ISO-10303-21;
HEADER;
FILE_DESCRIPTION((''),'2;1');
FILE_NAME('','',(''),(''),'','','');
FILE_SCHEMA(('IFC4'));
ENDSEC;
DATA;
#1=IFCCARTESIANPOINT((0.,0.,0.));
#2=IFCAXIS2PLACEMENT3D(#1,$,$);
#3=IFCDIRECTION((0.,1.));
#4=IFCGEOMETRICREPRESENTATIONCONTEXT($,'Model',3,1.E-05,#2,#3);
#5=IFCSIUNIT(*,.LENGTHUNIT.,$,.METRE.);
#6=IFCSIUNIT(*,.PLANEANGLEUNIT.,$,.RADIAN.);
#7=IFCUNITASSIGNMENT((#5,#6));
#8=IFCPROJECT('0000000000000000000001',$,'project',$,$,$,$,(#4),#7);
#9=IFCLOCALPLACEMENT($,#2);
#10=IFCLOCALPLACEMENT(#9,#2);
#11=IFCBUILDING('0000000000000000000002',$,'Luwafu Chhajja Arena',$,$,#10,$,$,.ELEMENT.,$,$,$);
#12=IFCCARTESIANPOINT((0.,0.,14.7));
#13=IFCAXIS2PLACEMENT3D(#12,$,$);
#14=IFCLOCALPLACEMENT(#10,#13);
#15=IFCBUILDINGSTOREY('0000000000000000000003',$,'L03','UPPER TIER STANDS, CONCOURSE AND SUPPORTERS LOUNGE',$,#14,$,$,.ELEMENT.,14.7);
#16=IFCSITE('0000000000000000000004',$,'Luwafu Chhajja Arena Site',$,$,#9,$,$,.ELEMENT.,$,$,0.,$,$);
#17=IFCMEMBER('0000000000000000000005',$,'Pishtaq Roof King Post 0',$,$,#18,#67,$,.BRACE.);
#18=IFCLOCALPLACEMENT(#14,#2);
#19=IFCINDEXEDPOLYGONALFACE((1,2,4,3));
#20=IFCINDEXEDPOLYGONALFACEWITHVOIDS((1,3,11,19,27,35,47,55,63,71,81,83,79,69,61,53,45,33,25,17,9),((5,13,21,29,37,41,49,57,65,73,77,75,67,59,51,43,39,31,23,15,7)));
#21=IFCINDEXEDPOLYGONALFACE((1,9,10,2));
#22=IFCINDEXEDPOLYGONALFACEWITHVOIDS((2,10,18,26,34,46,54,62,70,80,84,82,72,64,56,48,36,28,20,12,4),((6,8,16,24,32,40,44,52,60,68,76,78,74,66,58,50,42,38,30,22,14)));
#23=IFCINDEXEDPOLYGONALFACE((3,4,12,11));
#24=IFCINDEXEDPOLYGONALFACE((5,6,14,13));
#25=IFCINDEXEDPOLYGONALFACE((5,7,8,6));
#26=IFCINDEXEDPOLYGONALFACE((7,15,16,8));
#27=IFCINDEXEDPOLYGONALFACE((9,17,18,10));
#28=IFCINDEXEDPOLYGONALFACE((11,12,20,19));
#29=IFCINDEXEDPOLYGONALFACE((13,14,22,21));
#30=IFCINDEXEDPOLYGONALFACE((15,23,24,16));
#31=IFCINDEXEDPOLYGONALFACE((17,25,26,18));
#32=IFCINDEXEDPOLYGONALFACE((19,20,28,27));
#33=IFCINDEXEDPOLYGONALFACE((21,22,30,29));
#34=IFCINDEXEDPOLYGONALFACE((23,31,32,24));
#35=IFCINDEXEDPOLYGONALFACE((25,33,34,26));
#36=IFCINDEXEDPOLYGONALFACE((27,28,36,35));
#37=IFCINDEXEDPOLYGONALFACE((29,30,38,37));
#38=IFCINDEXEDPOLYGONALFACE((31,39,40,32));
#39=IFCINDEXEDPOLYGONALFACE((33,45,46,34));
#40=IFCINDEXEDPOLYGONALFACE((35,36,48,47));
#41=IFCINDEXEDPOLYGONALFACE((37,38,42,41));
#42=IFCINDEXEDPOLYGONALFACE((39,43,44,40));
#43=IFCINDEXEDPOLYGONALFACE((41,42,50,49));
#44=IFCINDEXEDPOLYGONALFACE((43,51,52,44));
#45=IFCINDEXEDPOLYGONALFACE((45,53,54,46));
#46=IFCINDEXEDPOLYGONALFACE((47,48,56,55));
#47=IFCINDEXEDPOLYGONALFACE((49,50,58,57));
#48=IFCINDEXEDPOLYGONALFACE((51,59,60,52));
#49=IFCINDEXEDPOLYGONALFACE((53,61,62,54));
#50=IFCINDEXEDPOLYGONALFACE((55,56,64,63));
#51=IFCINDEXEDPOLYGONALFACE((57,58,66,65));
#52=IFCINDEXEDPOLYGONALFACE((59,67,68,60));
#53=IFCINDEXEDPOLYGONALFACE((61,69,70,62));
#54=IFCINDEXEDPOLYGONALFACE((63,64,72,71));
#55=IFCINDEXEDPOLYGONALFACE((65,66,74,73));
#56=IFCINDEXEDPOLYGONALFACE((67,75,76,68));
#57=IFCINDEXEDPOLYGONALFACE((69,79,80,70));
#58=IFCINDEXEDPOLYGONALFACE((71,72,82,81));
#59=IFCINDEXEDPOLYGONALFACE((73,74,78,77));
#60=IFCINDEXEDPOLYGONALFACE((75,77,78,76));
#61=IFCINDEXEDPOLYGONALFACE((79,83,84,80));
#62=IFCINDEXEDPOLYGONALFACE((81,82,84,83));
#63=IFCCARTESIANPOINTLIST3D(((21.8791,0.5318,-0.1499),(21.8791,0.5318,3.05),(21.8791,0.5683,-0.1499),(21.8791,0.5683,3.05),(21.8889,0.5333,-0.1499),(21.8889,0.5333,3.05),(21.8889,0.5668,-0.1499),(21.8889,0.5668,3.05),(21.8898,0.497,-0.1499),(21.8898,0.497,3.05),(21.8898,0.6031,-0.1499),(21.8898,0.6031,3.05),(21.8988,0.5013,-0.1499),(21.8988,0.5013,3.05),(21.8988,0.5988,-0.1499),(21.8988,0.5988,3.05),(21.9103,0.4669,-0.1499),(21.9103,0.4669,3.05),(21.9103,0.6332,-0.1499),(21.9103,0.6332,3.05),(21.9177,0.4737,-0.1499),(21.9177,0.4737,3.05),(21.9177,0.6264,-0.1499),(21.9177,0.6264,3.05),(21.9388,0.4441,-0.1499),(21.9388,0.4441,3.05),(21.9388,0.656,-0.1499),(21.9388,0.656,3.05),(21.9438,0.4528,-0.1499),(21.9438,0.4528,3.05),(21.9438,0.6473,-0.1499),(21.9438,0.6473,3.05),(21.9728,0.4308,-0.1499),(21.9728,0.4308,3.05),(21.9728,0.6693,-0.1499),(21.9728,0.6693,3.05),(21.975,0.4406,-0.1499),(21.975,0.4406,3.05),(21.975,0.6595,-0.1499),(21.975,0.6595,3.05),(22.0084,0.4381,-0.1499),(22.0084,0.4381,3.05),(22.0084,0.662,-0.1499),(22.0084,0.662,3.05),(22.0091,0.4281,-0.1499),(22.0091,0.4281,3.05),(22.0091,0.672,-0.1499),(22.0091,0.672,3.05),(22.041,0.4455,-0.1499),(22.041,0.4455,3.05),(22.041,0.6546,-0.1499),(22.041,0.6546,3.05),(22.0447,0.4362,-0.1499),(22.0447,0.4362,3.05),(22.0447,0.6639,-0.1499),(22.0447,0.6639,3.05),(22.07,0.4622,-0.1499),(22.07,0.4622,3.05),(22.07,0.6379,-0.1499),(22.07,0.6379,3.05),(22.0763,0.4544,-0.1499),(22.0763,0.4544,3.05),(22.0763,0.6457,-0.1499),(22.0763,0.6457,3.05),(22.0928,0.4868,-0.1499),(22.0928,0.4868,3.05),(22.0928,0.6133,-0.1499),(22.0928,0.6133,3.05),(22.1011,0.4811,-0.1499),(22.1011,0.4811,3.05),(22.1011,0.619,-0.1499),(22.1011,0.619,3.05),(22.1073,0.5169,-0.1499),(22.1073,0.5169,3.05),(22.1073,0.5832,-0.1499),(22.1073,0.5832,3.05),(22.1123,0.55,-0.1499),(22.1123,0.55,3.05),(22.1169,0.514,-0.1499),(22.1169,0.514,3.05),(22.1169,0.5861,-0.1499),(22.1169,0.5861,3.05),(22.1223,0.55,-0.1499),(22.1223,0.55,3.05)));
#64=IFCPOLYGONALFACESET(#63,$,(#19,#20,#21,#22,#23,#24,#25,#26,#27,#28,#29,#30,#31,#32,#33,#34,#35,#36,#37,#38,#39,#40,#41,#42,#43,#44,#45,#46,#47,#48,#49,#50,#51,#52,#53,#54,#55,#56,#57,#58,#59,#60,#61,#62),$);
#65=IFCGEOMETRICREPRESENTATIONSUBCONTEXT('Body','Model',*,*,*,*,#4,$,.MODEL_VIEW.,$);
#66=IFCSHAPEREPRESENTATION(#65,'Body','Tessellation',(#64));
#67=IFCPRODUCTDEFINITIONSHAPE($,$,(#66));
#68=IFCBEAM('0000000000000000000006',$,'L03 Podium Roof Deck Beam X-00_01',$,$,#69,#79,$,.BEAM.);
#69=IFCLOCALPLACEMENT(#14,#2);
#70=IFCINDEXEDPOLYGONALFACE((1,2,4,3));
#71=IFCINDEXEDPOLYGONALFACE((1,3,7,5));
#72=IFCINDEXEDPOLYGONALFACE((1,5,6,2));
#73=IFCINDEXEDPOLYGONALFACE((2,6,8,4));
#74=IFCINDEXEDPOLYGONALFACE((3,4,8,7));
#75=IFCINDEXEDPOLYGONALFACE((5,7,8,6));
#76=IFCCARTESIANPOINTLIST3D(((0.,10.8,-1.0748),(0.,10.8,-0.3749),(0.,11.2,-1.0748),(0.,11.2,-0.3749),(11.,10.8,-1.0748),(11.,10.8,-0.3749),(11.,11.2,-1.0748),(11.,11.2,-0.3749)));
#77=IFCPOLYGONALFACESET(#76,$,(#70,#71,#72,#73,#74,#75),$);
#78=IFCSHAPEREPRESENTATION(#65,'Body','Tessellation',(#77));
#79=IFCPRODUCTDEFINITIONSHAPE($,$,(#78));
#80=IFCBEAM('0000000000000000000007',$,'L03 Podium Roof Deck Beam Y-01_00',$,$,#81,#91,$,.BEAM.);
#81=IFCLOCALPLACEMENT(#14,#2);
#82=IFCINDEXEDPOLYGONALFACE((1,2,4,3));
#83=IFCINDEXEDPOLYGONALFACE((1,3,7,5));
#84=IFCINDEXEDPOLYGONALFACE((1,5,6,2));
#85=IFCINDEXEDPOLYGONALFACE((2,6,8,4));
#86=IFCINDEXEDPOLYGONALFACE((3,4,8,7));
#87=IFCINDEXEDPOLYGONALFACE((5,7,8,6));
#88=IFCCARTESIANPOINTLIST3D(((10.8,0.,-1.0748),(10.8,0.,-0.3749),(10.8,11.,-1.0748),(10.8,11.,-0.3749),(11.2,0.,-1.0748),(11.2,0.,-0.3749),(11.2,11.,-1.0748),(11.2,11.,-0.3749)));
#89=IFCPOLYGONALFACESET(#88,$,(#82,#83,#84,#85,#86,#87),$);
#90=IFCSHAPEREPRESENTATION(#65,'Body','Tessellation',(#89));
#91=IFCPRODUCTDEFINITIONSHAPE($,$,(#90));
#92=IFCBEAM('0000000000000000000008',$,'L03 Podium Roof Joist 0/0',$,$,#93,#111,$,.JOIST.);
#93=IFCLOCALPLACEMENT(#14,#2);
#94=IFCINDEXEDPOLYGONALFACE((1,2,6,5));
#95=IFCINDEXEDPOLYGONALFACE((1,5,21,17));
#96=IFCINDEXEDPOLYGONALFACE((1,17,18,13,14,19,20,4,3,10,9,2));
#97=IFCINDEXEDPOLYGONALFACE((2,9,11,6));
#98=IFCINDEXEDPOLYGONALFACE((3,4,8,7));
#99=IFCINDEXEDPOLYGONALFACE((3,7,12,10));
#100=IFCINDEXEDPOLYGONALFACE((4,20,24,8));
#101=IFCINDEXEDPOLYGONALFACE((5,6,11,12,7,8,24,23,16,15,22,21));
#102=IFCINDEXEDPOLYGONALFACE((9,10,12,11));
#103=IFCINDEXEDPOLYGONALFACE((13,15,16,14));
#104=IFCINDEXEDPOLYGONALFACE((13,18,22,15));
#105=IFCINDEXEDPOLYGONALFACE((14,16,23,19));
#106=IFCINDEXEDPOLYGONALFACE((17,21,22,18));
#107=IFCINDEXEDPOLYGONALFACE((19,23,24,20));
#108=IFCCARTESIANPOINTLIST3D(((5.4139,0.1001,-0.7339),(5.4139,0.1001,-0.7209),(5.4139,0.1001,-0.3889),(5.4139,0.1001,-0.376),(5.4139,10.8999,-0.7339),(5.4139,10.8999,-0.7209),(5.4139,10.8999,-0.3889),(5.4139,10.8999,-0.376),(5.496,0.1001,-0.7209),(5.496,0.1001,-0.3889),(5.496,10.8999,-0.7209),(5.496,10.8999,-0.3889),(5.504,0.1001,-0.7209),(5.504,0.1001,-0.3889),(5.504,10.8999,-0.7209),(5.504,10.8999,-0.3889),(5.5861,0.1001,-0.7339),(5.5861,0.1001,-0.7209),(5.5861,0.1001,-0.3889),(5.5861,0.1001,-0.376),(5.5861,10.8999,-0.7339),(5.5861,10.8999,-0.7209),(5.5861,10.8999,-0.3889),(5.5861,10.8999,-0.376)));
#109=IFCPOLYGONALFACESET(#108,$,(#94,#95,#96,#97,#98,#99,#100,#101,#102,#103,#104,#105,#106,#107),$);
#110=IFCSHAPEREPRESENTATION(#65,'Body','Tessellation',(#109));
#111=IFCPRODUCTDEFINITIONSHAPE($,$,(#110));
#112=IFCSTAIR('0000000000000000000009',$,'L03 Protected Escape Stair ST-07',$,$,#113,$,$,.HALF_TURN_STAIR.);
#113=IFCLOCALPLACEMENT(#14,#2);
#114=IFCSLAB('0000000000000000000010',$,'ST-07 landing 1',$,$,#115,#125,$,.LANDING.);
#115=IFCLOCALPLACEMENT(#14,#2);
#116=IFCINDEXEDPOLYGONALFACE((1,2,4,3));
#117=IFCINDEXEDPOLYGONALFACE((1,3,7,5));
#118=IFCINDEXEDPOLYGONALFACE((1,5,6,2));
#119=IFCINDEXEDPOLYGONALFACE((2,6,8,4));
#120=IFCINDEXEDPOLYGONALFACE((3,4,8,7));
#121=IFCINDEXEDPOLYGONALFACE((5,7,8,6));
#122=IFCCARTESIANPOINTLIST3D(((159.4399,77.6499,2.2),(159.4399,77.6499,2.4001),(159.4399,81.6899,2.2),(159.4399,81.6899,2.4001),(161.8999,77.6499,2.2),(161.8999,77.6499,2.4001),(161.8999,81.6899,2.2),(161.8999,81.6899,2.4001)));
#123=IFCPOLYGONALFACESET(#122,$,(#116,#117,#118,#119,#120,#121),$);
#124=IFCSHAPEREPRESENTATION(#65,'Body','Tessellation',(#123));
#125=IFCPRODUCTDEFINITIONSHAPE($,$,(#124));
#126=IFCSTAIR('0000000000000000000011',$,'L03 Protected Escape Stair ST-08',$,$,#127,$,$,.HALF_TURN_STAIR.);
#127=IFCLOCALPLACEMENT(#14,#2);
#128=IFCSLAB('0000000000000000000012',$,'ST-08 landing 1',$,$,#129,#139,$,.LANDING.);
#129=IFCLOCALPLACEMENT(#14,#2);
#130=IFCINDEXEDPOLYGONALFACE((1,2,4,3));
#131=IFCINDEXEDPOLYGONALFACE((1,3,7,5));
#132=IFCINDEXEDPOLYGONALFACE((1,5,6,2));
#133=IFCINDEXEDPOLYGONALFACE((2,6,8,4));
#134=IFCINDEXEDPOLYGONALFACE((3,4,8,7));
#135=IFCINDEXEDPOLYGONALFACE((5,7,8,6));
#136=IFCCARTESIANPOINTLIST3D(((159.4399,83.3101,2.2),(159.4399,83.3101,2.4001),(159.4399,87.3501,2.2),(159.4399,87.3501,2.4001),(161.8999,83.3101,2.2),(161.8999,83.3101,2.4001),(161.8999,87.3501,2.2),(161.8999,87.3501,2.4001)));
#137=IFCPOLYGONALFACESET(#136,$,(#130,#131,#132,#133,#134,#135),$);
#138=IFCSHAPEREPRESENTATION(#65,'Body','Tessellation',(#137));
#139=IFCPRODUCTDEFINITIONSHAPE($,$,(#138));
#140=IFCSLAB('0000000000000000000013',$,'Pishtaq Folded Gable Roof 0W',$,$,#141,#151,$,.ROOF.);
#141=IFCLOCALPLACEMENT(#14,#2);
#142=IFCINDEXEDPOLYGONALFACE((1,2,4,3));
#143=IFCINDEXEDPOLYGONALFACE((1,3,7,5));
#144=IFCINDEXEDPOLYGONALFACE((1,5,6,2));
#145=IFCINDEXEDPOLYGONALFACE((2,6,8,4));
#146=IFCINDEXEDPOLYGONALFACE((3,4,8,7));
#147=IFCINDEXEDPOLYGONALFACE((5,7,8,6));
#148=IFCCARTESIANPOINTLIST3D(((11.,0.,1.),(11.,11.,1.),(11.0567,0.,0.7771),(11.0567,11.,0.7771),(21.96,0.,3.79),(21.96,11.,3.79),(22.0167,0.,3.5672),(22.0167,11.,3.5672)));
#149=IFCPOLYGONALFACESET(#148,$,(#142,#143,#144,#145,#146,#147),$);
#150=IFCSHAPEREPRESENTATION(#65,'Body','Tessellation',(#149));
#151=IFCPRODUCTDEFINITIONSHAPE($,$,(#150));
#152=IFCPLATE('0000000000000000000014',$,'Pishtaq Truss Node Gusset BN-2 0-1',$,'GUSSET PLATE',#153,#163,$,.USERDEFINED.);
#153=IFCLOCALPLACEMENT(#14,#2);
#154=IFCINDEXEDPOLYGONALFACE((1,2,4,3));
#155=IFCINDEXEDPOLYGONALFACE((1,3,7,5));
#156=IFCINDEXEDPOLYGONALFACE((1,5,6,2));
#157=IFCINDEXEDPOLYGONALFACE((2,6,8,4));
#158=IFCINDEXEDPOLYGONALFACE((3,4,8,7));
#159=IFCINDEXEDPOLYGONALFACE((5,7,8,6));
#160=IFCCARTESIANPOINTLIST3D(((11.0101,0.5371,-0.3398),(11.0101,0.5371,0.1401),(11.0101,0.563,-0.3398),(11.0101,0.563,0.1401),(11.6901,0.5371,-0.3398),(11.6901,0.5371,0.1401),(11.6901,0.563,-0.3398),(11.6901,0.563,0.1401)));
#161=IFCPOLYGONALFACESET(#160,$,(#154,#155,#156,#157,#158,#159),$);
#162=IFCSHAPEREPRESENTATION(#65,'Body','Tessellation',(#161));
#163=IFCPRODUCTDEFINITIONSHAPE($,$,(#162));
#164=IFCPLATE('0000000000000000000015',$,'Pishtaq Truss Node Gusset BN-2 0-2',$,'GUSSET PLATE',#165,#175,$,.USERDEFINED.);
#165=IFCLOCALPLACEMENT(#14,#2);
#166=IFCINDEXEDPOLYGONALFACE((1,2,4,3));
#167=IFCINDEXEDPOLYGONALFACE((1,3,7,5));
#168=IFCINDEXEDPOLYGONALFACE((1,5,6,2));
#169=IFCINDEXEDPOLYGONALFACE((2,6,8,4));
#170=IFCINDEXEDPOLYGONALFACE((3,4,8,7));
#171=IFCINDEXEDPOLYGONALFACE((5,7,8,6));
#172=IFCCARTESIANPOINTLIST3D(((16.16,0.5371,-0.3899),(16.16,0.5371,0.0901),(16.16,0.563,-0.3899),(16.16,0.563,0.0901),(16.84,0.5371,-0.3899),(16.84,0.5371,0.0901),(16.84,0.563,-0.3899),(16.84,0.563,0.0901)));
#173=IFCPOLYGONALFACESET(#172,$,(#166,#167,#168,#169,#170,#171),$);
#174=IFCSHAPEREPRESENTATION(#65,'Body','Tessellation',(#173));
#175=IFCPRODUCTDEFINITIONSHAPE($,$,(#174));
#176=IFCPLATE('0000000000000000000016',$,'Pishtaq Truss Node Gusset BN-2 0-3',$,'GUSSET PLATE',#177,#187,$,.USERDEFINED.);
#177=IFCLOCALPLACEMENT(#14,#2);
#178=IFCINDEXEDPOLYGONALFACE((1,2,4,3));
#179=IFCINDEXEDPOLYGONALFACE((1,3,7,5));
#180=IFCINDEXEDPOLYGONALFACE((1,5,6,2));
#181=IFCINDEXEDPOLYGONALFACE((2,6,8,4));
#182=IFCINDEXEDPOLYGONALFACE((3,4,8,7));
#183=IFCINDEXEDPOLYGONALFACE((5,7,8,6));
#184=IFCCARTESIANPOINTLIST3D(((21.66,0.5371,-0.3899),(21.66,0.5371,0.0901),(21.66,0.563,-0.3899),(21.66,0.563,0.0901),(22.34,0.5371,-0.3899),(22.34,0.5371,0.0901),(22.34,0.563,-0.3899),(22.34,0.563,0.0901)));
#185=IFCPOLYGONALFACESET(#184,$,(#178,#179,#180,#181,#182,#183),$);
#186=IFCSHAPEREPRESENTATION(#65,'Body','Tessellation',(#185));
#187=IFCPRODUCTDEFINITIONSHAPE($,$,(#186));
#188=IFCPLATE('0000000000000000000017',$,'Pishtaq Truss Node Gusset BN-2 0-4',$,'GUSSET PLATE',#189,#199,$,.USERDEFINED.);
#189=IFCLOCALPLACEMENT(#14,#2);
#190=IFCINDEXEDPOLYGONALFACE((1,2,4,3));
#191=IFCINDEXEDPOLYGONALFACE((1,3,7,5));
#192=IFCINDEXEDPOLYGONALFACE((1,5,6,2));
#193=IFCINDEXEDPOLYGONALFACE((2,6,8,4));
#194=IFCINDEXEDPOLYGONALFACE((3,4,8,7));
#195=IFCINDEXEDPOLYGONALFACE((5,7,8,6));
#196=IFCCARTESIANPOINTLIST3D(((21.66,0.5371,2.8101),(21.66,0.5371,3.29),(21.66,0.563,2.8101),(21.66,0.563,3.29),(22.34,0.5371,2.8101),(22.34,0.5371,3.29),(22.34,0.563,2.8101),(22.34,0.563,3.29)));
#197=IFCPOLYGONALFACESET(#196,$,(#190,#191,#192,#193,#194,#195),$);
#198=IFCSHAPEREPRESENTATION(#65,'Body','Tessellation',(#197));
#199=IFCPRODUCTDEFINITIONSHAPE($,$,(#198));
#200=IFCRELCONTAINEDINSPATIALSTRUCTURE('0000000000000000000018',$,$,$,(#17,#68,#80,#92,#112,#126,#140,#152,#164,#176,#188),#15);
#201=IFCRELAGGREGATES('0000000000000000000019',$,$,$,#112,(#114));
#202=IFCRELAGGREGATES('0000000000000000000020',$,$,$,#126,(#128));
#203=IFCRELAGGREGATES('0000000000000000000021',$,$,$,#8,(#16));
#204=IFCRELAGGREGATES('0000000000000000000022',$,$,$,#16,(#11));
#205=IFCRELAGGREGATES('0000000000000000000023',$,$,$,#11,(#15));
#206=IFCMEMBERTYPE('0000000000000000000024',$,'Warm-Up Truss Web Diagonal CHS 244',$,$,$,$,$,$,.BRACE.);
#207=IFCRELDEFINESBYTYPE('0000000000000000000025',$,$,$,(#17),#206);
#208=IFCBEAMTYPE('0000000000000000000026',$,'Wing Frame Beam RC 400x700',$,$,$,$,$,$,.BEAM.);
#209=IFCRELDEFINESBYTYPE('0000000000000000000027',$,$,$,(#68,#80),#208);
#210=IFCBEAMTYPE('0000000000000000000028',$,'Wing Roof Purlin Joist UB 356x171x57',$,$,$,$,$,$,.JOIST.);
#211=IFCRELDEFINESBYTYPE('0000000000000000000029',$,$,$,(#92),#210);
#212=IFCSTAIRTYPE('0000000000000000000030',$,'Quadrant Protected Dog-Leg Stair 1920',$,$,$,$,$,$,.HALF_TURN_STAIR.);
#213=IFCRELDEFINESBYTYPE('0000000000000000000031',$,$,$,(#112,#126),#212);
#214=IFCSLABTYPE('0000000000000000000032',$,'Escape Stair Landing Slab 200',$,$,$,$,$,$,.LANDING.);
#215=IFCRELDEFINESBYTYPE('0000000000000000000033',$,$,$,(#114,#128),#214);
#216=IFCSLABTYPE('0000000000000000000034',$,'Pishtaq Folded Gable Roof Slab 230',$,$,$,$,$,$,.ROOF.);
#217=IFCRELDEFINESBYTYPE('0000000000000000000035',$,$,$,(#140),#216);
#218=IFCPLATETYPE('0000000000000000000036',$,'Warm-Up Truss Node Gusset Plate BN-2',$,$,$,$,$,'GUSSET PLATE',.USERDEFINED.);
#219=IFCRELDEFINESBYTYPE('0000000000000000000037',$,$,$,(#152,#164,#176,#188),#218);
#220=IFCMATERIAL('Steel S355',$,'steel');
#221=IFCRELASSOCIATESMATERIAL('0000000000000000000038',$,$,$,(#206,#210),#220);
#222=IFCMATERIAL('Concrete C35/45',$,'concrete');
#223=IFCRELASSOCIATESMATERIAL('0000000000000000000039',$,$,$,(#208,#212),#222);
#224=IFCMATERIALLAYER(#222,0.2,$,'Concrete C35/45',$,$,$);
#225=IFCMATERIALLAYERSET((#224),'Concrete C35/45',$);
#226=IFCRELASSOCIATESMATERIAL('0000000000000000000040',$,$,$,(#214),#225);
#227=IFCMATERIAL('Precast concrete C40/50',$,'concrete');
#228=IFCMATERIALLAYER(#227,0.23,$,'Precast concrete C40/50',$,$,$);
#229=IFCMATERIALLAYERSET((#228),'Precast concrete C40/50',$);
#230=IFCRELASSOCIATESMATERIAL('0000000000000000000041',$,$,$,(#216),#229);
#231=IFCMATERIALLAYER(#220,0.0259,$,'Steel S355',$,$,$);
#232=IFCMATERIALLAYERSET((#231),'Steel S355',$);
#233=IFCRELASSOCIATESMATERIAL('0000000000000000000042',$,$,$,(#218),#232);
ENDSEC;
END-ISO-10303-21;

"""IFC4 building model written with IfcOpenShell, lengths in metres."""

from ifc_helpers import new_model, si_unit, direction, frame, origin, origin_2d, place, context, subcontext, project, spatial, polyline, rectangle, hollow_circle, i_section, outline, extrude, material, layer, layer_set, material_profile, profile_set, type_object, element, aggregate, save


model = new_model("IFC4")

# Units and contexts
model_context = context("Model", 3, precision=1e-05, world=origin(), true_north=direction((0.0, 1.0)))
body_context = subcontext(model_context, "Body", "Model", "MODEL_VIEW")
ifc_project = project(units=[si_unit("LENGTHUNIT", "METRE"), si_unit("PLANEANGLEUNIT", "RADIAN")], contexts=[model_context])

# Site, building, storey
site_placement = place(None, origin())
site = spatial("IfcSite", under=ifc_project, at=site_placement, Name="Luwafu Chhajja Arena Site", CompositionType="ELEMENT", RefElevation=0.0)
building_placement = place(site_placement, origin())
building = spatial("IfcBuilding", under=site, at=building_placement, Name="Luwafu Chhajja Arena", CompositionType="ELEMENT")
storey_placement = place(building_placement, frame((0.0, 0.0, 14.7)))
storey = spatial("IfcBuildingStorey", under=building, at=storey_placement, Name="L03", Description="UPPER TIER STANDS, CONCOURSE AND SUPPORTERS LOUNGE", CompositionType="ELEMENT", Elevation=14.7)

# Shared definitions
ifc_material_1 = material(Name="Steel S355", Category="steel")

# Member
ifc_material_profile_1 = material_profile(ifc_material_1, hollow_circle(Radius=0.1223, WallThickness=0.01, at=origin_2d()), Name="CHS 244.5x10")
ifc_profile_set_1 = profile_set([ifc_material_profile_1], Name="Steel S355")
member_type_1 = type_object("IfcMemberType", Name="Warm-Up Truss Web Diagonal CHS 244", PredefinedType="BRACE", material=ifc_profile_set_1)
member_1_placement = place(storey_placement, frame((22.0, 0.55, -0.1499), z_axis=(0.0, 0.0, 1.0), x_axis=(1.0, 0.0, 0.0)))
element("IfcMember", 1, at=member_1_placement, inside=storey, type_object=member_type_1, Name="Pishtaq Roof King Post 0", PredefinedType="BRACE", context=body_context, shape_type="SweptSolid", body=[
    extrude(hollow_circle(Radius=0.1223, WallThickness=0.01, at=origin_2d()), origin(), (0.0, 0.0, 1.0), 3.2),
])

# Beams
ifc_material_2 = material(Name="Concrete C35/45", Category="concrete")
ifc_material_profile_2 = material_profile(ifc_material_2, rectangle(XDim=0.3999, YDim=0.7, at=origin_2d()), Name="RC 400x700")
ifc_profile_set_2 = profile_set([ifc_material_profile_2], Name="Concrete C35/45")
beam_type_1 = type_object("IfcBeamType", Name="Wing Frame Beam RC 400x700", PredefinedType="BEAM", material=ifc_profile_set_2)
for number, where, z_axis, x_axis, name in (
    (2, (0.0, 11.0, -0.7249), (1.0, 0.0, 0.0), (0.0, 1.0, 0.0), "L03 Podium Roof Deck Beam X-00_01"),
    (3, (11.0, 0.0, -0.7249), (0.0, 1.0, 0.0), (-1.0, 0.0, 0.0), "L03 Podium Roof Deck Beam Y-01_00"),
):
    element("IfcBeam", number, at=place(storey_placement, frame(where, z_axis=z_axis, x_axis=x_axis)), inside=storey, type_object=beam_type_1, Name=name, PredefinedType="BEAM", context=body_context, shape_type="SweptSolid", body=[
        extrude(rectangle(XDim=0.3999, YDim=0.7, at=origin_2d()), origin(), (0.0, 0.0, 1.0), 11.0),
    ])
ifc_material_profile_3 = material_profile(ifc_material_1, i_section(OverallWidth=0.1721, OverallDepth=0.3579, WebThickness=0.0081, FlangeThickness=0.0129, at=origin_2d()), Name="UB 356x171x57")
ifc_profile_set_3 = profile_set([ifc_material_profile_3], Name="Steel S355")
beam_type_2 = type_object("IfcBeamType", Name="Wing Roof Purlin Joist UB 356x171x57", PredefinedType="JOIST", material=ifc_profile_set_3)
beam_1_placement = place(storey_placement, frame((5.5, 0.1001, -0.5549), z_axis=(0.0, 1.0, 0.0), x_axis=(-1.0, 0.0, 0.0)))
element("IfcBeam", 4, at=beam_1_placement, inside=storey, type_object=beam_type_2, Name="L03 Podium Roof Joist 0/0", PredefinedType="JOIST", context=body_context, shape_type="SweptSolid", body=[
    extrude(i_section(OverallWidth=0.1721, OverallDepth=0.3579, WebThickness=0.0081, FlangeThickness=0.0129, at=origin_2d()), origin(), (0.0, 0.0, 1.0), 10.7998),
])

# Stairs, slabs
stair_type = type_object("IfcStairType", Name="Quadrant Protected Dog-Leg Stair 1920", PredefinedType="HALF_TURN_STAIR", material=ifc_material_2)
stair_1_placement = place(storey_placement, origin())
stair_1 = element("IfcStair", 5, at=stair_1_placement, inside=storey, type_object=stair_type, Name="L03 Protected Escape Stair ST-07", PredefinedType="HALF_TURN_STAIR")
ifc_layer_1 = layer(ifc_material_2, 0.2, Name="Concrete C35/45")
ifc_layer_set_1 = layer_set([ifc_layer_1], Name="Concrete C35/45")
slab_type_1 = type_object("IfcSlabType", Name="Escape Stair Landing Slab 200", PredefinedType="LANDING", material=ifc_layer_set_1)
slab_1_placement = place(storey_placement, frame((0.0, 0.0, 2.2)))
slab_1 = element("IfcSlab", 6, at=slab_1_placement, type_object=slab_type_1, Name="ST-07 landing 1", PredefinedType="LANDING", context=body_context, shape_type="SweptSolid", body=[
    extrude(outline(polyline([(159.4399, 77.6499), (161.8999, 77.6499), (161.8999, 81.6899), (159.4399, 81.6899), (159.4399, 77.6499)])), origin(), (0.0, 0.0, 1.0), 0.2002),
])
aggregate(stair_1, [slab_1])
stair_2_placement = place(storey_placement, origin())
stair_2 = element("IfcStair", 7, at=stair_2_placement, inside=storey, type_object=stair_type, Name="L03 Protected Escape Stair ST-08", PredefinedType="HALF_TURN_STAIR")
slab_2_placement = place(storey_placement, frame((0.0, 0.0, 2.2)))
slab_2 = element("IfcSlab", 8, at=slab_2_placement, type_object=slab_type_1, Name="ST-08 landing 1", PredefinedType="LANDING", context=body_context, shape_type="SweptSolid", body=[
    extrude(outline(polyline([(159.4399, 83.3101), (161.8999, 83.3101), (161.8999, 87.3501), (159.4399, 87.3501), (159.4399, 83.3101)])), origin(), (0.0, 0.0, 1.0), 0.2002),
])
aggregate(stair_2, [slab_2])

# Slab
ifc_material_3 = material(Name="Precast concrete C40/50", Category="concrete")
ifc_layer_2 = layer(ifc_material_3, 0.23, Name="Precast concrete C40/50")
ifc_layer_set_2 = layer_set([ifc_layer_2], Name="Precast concrete C40/50")
slab_type_2 = type_object("IfcSlabType", Name="Pishtaq Folded Gable Roof Slab 230", PredefinedType="ROOF", material=ifc_layer_set_2)
slab_3_placement = place(storey_placement, frame((11.0, 0.0, 1.0), z_axis=(-0.246698, 0.0, 0.969092), x_axis=(0.969092, 0.0, 0.246698)))
element("IfcSlab", 9, at=slab_3_placement, inside=storey, type_object=slab_type_2, Name="Pishtaq Folded Gable Roof 0W", PredefinedType="ROOF", context=body_context, shape_type="SweptSolid", body=[
    extrude(outline(polyline([(0.0, 0.0), (11.3095, 0.0), (11.3095, 11.0), (0.0, 11.0), (0.0, 0.0)])), origin(), (0.0, 0.0, -1.0), 0.23),
])

# Plates
ifc_layer_3 = layer(ifc_material_1, 0.0259, Name="Steel S355")
ifc_layer_set_3 = layer_set([ifc_layer_3], Name="Steel S355")
plate_type = type_object("IfcPlateType", Name="Warm-Up Truss Node Gusset Plate BN-2", ElementType="GUSSET PLATE", PredefinedType="USERDEFINED", material=ifc_layer_set_3)
for number, where, z_axis, x_axis, name in (
    (10, (11.3501, 0.55, -0.3398), (0.0, 0.0, 1.0), (1.0, 0.0, 0.0), "Pishtaq Truss Node Gusset BN-2 0-1"),
    (11, (16.5, 0.55, -0.3899), (0.0, 0.0, 1.0), (1.0, 0.0, 0.0), "Pishtaq Truss Node Gusset BN-2 0-2"),
    (12, (22.0, 0.55, -0.3899), (0.0, 0.0, 1.0), (1.0, 0.0, 0.0), "Pishtaq Truss Node Gusset BN-2 0-3"),
    (13, (22.0, 0.55, 2.8101), (0.0, 0.0, 1.0), (1.0, 0.0, 0.0), "Pishtaq Truss Node Gusset BN-2 0-4"),
):
    element("IfcPlate", number, at=place(storey_placement, frame(where, z_axis=z_axis, x_axis=x_axis)), inside=storey, type_object=plate_type, Name=name, ObjectType="GUSSET PLATE", PredefinedType="USERDEFINED", context=body_context, shape_type="SweptSolid", body=[
        extrude(rectangle(XDim=0.6799, YDim=0.0259, at=origin_2d()), origin(), (0.0, 0.0, 1.0), 0.48),
    ])

save(model, "model.ifc")
